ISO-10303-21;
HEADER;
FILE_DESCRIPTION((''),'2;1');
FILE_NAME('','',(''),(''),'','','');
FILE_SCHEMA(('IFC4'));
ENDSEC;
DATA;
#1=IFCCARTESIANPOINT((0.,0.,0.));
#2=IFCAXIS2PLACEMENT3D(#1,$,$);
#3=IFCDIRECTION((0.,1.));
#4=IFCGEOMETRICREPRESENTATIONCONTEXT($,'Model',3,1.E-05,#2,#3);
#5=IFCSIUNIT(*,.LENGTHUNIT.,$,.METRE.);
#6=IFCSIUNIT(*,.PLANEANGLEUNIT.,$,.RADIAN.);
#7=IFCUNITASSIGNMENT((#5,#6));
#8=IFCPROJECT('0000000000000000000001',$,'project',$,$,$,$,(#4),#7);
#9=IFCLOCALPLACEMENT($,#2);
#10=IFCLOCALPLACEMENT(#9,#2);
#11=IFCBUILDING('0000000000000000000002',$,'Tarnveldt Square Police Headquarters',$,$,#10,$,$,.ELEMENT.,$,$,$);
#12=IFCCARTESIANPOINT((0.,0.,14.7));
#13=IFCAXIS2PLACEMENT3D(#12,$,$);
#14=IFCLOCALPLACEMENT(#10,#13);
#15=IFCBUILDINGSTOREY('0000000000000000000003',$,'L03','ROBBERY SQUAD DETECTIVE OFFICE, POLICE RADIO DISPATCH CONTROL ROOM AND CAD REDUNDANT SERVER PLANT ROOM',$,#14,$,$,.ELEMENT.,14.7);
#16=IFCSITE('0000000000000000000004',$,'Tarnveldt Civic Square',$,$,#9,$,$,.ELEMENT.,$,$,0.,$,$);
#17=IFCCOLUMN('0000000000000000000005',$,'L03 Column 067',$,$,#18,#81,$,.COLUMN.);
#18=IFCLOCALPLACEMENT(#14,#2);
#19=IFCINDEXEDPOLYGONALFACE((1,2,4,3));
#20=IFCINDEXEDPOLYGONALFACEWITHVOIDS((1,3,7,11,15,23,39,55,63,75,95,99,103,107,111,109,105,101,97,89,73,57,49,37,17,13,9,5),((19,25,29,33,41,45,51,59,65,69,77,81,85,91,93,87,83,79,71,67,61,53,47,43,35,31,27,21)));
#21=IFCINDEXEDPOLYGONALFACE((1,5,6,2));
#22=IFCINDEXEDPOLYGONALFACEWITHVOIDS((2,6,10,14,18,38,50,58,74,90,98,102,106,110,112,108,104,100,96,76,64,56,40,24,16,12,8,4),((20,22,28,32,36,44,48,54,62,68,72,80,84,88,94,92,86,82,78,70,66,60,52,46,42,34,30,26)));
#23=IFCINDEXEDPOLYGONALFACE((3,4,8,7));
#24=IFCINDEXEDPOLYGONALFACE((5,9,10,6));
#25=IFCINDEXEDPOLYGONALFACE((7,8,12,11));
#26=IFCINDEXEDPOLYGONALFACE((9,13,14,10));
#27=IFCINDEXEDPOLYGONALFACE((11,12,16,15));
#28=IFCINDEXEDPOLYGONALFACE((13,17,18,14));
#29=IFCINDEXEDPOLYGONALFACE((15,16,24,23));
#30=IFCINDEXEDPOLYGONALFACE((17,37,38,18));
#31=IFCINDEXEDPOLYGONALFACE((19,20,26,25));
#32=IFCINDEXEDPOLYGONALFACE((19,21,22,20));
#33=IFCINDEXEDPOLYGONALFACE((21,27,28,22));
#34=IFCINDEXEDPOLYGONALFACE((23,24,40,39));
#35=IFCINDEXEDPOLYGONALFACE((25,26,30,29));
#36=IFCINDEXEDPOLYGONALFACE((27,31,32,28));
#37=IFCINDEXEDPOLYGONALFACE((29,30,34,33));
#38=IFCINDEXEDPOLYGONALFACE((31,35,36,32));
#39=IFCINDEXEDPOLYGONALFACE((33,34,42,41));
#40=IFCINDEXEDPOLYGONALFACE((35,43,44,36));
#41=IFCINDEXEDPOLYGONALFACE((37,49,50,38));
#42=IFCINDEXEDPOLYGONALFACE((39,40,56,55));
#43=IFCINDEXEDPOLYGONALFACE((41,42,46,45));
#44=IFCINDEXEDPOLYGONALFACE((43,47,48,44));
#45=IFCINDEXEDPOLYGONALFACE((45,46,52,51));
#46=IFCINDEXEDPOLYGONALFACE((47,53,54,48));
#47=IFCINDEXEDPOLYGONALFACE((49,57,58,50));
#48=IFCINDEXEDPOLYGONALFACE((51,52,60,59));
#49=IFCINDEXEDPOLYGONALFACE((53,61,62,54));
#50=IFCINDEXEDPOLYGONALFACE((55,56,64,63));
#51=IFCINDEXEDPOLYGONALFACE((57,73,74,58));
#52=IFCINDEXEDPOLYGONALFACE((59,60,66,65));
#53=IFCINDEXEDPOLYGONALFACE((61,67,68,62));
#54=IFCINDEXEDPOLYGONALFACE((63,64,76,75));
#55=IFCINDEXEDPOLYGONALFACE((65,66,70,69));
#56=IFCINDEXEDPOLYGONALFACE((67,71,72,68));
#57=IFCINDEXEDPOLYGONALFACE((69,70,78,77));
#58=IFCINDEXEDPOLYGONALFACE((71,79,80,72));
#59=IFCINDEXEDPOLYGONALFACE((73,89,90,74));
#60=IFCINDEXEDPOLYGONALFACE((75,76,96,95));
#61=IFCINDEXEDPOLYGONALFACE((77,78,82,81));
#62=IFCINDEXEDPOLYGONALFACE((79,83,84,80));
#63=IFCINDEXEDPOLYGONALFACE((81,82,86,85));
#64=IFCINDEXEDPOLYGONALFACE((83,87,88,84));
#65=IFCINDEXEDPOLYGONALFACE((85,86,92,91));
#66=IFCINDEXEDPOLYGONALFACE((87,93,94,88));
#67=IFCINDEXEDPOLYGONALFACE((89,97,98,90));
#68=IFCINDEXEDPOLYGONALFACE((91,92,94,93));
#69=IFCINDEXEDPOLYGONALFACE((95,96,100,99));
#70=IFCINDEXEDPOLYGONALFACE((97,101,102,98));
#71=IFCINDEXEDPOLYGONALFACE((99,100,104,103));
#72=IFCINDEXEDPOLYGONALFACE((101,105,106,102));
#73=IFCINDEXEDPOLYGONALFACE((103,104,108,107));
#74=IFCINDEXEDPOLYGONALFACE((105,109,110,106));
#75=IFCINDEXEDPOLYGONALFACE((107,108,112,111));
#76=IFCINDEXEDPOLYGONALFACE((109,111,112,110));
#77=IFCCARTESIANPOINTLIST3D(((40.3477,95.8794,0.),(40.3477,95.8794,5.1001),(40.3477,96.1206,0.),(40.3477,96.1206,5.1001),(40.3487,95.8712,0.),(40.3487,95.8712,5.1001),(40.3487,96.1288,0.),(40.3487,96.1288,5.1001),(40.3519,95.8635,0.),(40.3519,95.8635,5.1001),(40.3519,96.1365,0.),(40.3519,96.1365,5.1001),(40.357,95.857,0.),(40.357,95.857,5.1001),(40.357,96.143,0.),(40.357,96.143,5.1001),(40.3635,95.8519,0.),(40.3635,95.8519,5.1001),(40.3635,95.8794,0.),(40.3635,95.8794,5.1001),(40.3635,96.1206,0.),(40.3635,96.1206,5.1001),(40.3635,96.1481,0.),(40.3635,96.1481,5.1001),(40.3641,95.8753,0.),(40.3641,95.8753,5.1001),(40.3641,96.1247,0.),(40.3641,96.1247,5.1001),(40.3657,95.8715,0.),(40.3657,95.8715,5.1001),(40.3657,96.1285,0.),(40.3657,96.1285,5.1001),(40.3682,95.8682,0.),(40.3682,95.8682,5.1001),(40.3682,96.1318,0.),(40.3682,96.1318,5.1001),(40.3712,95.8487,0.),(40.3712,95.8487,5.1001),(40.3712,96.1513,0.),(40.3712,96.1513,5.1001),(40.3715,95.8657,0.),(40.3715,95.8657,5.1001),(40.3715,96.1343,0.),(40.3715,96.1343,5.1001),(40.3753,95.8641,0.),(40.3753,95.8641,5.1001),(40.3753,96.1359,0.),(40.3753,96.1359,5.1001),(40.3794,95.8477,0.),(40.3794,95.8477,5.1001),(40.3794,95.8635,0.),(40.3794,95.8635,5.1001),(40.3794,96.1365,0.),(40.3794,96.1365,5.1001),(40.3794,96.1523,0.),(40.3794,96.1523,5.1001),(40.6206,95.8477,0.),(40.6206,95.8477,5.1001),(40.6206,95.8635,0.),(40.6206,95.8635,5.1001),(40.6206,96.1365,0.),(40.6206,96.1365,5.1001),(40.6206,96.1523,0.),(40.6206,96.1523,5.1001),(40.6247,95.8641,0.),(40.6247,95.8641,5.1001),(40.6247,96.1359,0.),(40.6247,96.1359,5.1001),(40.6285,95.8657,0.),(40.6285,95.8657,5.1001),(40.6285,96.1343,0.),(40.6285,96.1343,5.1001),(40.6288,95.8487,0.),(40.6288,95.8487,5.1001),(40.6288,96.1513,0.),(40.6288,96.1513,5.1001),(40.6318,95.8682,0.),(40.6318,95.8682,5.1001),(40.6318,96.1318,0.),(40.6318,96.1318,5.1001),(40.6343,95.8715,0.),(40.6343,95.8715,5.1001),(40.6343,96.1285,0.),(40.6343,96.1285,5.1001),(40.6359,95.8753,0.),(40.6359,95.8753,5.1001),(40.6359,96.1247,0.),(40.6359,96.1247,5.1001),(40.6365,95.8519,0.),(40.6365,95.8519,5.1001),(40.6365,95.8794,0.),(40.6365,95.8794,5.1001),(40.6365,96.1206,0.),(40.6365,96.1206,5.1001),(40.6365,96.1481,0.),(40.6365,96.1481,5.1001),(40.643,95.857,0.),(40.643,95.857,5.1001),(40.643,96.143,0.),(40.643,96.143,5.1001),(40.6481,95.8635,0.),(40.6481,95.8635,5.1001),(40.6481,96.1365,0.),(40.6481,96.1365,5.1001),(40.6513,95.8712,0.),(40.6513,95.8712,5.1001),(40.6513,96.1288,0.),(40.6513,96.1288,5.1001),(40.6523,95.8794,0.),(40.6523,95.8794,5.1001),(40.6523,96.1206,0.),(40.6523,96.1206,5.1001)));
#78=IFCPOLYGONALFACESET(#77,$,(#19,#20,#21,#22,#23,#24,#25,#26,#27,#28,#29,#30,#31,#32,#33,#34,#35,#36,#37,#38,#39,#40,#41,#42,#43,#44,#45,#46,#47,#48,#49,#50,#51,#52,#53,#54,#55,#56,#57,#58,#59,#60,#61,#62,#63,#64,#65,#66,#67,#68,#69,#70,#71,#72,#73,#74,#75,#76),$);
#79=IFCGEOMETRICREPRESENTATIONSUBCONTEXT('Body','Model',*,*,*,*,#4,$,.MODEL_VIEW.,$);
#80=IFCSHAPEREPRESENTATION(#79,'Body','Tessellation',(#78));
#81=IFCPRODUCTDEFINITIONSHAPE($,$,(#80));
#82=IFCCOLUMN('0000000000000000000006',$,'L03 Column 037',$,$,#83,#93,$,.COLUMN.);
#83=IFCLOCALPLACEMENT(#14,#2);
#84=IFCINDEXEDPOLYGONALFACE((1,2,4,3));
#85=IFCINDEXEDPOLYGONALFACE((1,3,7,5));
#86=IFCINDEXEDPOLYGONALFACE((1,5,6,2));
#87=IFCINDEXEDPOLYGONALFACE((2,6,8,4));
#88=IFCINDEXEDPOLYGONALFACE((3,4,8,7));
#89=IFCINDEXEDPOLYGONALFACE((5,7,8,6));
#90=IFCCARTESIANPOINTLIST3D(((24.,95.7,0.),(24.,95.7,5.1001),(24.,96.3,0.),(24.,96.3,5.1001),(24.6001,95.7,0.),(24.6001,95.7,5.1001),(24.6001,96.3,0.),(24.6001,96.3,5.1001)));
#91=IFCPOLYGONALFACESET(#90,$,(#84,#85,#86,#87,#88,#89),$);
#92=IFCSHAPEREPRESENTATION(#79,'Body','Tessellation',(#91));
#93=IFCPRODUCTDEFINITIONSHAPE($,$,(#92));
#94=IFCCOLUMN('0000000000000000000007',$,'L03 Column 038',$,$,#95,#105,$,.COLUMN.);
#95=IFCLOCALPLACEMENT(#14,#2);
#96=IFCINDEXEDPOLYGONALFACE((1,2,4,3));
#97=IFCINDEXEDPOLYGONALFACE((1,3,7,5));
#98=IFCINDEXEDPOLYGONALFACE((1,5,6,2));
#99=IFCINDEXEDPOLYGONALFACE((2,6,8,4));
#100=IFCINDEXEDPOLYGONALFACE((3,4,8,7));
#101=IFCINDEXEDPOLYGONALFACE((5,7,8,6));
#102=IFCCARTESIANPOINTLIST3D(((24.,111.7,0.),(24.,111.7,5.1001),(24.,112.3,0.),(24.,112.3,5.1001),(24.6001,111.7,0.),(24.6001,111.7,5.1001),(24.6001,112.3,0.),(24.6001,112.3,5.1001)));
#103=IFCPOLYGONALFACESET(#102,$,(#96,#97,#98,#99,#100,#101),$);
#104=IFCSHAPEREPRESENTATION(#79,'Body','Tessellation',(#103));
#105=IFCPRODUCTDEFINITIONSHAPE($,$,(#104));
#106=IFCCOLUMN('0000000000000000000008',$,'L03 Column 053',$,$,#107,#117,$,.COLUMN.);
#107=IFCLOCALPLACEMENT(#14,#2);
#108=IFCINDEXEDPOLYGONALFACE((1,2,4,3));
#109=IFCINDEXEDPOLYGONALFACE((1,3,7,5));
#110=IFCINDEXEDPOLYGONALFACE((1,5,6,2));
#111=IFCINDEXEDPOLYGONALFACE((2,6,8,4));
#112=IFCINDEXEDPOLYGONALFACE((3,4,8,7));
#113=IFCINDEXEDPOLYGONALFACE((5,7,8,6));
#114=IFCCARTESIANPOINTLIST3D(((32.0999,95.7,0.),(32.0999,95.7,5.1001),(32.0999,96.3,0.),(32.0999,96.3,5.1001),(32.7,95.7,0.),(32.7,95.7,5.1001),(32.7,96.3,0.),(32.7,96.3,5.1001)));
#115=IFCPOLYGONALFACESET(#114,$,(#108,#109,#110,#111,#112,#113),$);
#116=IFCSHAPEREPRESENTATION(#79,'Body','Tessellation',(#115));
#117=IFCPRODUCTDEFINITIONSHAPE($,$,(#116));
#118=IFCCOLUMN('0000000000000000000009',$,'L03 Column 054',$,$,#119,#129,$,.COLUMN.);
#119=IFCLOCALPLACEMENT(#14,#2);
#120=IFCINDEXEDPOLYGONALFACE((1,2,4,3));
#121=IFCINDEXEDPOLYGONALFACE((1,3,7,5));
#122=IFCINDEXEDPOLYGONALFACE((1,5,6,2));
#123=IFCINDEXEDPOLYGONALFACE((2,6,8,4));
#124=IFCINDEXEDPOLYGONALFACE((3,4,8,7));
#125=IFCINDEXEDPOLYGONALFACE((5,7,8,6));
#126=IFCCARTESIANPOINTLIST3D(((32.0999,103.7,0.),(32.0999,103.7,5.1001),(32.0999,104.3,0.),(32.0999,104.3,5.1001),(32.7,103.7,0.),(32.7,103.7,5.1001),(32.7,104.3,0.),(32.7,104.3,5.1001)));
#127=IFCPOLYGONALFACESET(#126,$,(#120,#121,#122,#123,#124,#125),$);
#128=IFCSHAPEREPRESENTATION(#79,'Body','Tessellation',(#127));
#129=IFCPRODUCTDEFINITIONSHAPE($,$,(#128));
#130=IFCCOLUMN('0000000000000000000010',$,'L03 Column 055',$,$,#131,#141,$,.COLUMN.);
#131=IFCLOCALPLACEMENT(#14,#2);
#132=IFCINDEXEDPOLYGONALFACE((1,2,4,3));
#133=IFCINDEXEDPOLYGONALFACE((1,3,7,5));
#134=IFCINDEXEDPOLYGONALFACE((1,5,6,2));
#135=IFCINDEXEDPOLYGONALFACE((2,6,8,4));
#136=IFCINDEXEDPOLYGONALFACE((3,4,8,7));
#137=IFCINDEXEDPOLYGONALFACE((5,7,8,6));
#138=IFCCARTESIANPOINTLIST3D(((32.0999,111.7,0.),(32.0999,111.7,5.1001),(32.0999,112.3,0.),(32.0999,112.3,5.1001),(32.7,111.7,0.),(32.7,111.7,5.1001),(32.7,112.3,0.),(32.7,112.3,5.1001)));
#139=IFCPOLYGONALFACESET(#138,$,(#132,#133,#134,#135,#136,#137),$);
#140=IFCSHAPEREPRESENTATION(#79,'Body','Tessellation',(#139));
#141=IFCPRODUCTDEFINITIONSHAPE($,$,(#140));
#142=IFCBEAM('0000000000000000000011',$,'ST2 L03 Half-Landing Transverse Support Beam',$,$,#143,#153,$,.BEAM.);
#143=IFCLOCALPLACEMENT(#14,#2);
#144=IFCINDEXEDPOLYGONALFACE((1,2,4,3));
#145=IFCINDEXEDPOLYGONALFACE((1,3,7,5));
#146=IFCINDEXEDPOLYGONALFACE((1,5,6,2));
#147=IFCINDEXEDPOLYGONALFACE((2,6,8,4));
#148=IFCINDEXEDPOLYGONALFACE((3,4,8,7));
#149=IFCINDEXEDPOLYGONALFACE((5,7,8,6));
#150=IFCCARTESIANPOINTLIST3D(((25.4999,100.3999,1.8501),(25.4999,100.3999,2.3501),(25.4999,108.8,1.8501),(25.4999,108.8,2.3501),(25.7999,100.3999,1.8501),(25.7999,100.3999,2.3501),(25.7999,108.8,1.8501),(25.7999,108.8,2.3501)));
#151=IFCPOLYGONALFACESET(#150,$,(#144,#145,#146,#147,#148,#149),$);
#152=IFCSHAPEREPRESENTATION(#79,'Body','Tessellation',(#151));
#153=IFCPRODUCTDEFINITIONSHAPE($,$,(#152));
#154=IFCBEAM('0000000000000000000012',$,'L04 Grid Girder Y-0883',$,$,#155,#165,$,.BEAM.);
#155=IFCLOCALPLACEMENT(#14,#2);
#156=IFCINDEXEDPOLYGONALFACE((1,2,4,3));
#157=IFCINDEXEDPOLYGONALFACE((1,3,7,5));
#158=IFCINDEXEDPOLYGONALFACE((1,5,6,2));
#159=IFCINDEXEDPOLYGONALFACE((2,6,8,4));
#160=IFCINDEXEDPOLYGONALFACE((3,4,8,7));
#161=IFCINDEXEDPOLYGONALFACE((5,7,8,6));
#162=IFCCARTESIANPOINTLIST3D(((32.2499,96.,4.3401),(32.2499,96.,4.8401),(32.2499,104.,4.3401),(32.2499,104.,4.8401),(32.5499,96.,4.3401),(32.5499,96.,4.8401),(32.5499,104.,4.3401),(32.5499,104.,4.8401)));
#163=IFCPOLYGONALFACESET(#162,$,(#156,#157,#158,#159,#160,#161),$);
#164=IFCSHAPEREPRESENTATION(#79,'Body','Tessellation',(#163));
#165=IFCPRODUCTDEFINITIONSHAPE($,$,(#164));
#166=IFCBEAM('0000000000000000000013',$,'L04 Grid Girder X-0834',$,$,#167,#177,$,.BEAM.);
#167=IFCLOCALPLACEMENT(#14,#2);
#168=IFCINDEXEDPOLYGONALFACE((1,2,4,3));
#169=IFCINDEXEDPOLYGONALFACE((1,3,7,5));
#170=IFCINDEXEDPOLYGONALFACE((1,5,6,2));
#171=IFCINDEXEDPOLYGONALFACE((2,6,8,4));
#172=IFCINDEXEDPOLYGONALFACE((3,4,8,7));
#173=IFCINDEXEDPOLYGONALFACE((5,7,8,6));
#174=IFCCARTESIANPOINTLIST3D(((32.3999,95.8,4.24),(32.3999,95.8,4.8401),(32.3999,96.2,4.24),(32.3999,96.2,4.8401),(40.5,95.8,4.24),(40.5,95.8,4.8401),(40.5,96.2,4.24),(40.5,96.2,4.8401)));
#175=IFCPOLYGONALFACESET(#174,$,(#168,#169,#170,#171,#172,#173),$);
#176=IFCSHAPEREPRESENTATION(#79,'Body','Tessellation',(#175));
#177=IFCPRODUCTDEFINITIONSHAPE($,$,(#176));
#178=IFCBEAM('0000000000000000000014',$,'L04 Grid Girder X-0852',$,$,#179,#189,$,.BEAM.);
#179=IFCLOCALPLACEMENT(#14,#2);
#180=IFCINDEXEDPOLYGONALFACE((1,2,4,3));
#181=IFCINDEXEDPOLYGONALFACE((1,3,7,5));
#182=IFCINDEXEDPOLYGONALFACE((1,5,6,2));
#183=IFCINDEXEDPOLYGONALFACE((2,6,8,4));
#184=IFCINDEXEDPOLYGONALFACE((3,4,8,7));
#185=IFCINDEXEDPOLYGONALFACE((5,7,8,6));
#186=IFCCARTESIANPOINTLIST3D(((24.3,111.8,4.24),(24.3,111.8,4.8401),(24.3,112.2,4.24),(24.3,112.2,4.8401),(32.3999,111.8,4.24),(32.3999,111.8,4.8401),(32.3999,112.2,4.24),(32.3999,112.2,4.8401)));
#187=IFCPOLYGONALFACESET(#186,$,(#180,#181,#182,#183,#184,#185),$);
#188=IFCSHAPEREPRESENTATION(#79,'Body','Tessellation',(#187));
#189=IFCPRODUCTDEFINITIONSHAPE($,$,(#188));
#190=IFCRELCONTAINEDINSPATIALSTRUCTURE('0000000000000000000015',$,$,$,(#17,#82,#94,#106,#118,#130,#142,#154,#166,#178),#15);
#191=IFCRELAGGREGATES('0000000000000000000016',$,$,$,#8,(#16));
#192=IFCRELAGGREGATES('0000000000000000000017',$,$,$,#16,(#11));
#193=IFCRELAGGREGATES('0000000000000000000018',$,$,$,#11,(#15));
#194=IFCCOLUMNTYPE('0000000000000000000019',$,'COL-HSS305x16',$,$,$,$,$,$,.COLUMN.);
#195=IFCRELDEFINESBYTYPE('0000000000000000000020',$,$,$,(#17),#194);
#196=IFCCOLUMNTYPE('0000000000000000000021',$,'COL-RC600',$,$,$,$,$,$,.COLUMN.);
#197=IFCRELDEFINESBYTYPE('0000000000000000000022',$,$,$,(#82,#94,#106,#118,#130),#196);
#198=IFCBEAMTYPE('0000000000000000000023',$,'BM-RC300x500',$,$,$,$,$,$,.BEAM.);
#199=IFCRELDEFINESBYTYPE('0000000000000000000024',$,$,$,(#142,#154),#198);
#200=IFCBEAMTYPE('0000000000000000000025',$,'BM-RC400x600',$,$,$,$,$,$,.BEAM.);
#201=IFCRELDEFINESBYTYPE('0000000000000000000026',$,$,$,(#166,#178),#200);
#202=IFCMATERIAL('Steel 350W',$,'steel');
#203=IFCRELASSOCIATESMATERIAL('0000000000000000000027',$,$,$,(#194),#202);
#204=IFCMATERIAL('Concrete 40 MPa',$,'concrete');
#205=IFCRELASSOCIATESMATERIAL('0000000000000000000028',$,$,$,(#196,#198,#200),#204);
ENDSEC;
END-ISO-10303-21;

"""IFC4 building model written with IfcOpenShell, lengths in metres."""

from ifc_helpers import new_model, si_unit, direction, frame, origin, origin_2d, place, context, subcontext, project, spatial, rectangle, hollow_rectangle, extrude, material, material_profile, profile_set, type_object, element, save


model = new_model("IFC4")

# Units and contexts
model_context = context("Model", 3, precision=1e-05, world=origin(), true_north=direction((0.0, 1.0)))
body_context = subcontext(model_context, "Body", "Model", "MODEL_VIEW")
ifc_project = project(units=[si_unit("LENGTHUNIT", "METRE"), si_unit("PLANEANGLEUNIT", "RADIAN")], contexts=[model_context])

# Site, building, storey
site_placement = place(None, origin())
site = spatial("IfcSite", under=ifc_project, at=site_placement, Name="Tarnveldt Civic Square", CompositionType="ELEMENT", RefElevation=0.0)
building_placement = place(site_placement, origin())
building = spatial("IfcBuilding", under=site, at=building_placement, Name="Tarnveldt Square Police Headquarters", CompositionType="ELEMENT")
storey_placement = place(building_placement, frame((0.0, 0.0, 14.7)))
storey = spatial("IfcBuildingStorey", under=building, at=storey_placement, Name="L03", Description="ROBBERY SQUAD DETECTIVE OFFICE, POLICE RADIO DISPATCH CONTROL ROOM AND CAD REDUNDANT SERVER PLANT ROOM", CompositionType="ELEMENT", Elevation=14.7)

# Columns
ifc_material_1 = material(Name="Steel 350W", Category="steel")
ifc_material_profile_1 = material_profile(ifc_material_1, hollow_rectangle(XDim=0.3047, YDim=0.3047, WallThickness=0.0159, InnerFilletRadius=0.0159, OuterFilletRadius=0.0317, at=origin_2d()), Name="HSS305x305x16")
ifc_profile_set_1 = profile_set([ifc_material_profile_1], Name="Steel 350W")
column_type_1 = type_object("IfcColumnType", Name="COL-HSS305x16", PredefinedType="COLUMN", material=ifc_profile_set_1)
column_placement = place(storey_placement, frame((40.5, 96.0, 0.0), z_axis=(0.0, 0.0, 1.0), x_axis=(1.0, 0.0, 0.0)))
element("IfcColumn", 1, at=column_placement, inside=storey, type_object=column_type_1, Name="L03 Column 067", PredefinedType="COLUMN", context=body_context, shape_type="SweptSolid", body=[
    extrude(hollow_rectangle(XDim=0.3047, YDim=0.3047, WallThickness=0.0159, InnerFilletRadius=0.0159, OuterFilletRadius=0.0317, at=origin_2d()), origin(), (0.0, 0.0, 1.0), 5.1001),
])
ifc_material_2 = material(Name="Concrete 40 MPa", Category="concrete")
ifc_material_profile_2 = material_profile(ifc_material_2, rectangle(XDim=0.6001, YDim=0.6001, at=origin_2d()), Name="RC-C600x600")
ifc_profile_set_2 = profile_set([ifc_material_profile_2], Name="Concrete 40 MPa")
column_type_2 = type_object("IfcColumnType", Name="COL-RC600", PredefinedType="COLUMN", material=ifc_profile_set_2)
for number, where, z_axis, x_axis, name in (
    (2, (24.3, 96.0, 0.0), (0.0, 0.0, 1.0), (1.0, 0.0, 0.0), "L03 Column 037"),
    (3, (24.3, 112.0, 0.0), (0.0, 0.0, 1.0), (1.0, 0.0, 0.0), "L03 Column 038"),
    (4, (32.3999, 96.0, 0.0), (0.0, 0.0, 1.0), (1.0, 0.0, 0.0), "L03 Column 053"),
    (5, (32.3999, 104.0, 0.0), (0.0, 0.0, 1.0), (1.0, 0.0, 0.0), "L03 Column 054"),
    (6, (32.3999, 112.0, 0.0), (0.0, 0.0, 1.0), (1.0, 0.0, 0.0), "L03 Column 055"),
):
    element("IfcColumn", number, at=place(storey_placement, frame(where, z_axis=z_axis, x_axis=x_axis)), inside=storey, type_object=column_type_2, Name=name, PredefinedType="COLUMN", context=body_context, shape_type="SweptSolid", body=[
        extrude(rectangle(XDim=0.6001, YDim=0.6001, at=origin_2d()), origin(), (0.0, 0.0, 1.0), 5.1001),
    ])

# Beams
ifc_material_profile_3 = material_profile(ifc_material_2, rectangle(XDim=0.3, YDim=0.5, at=origin_2d()), Name="RC-B300x500")
ifc_profile_set_3 = profile_set([ifc_material_profile_3], Name="Concrete 40 MPa")
beam_type_1 = type_object("IfcBeamType", Name="BM-RC300x500", PredefinedType="BEAM", material=ifc_profile_set_3)
beam_1_placement = place(storey_placement, frame((25.6499, 100.3999, 2.1001), z_axis=(0.0, 1.0, 0.0), x_axis=(-1.0, 0.0, 0.0)))
element("IfcBeam", 7, at=beam_1_placement, inside=storey, type_object=beam_type_1, Name="ST2 L03 Half-Landing Transverse Support Beam", PredefinedType="BEAM", context=body_context, shape_type="SweptSolid", body=[
    extrude(rectangle(XDim=0.3, YDim=0.5, at=origin_2d()), origin(), (0.0, 0.0, 1.0), 8.4001),
])
beam_2_placement = place(storey_placement, frame((32.3999, 96.0, 4.5901), z_axis=(0.0, 1.0, 0.0), x_axis=(-1.0, 0.0, 0.0)))
element("IfcBeam", 8, at=beam_2_placement, inside=storey, type_object=beam_type_1, Name="L04 Grid Girder Y-0883", PredefinedType="BEAM", context=body_context, shape_type="SweptSolid", body=[
    extrude(rectangle(XDim=0.3, YDim=0.5, at=origin_2d()), origin(), (0.0, 0.0, 1.0), 8.0),
])
ifc_material_profile_4 = material_profile(ifc_material_2, rectangle(XDim=0.3999, YDim=0.6001, at=origin_2d()), Name="RC-B400x600")
ifc_profile_set_4 = profile_set([ifc_material_profile_4], Name="Concrete 40 MPa")
beam_type_2 = type_object("IfcBeamType", Name="BM-RC400x600", PredefinedType="BEAM", material=ifc_profile_set_4)
beam_3_placement = place(storey_placement, frame((32.3999, 96.0, 4.54), z_axis=(1.0, 0.0, 0.0), x_axis=(0.0, 1.0, 0.0)))
element("IfcBeam", 9, at=beam_3_placement, inside=storey, type_object=beam_type_2, Name="L04 Grid Girder X-0834", PredefinedType="BEAM", context=body_context, shape_type="SweptSolid", body=[
    extrude(rectangle(XDim=0.3999, YDim=0.6001, at=origin_2d()), origin(), (0.0, 0.0, 1.0), 8.1001),
])
beam_4_placement = place(storey_placement, frame((24.3, 112.0, 4.54), z_axis=(1.0, 0.0, 0.0), x_axis=(0.0, 1.0, 0.0)))
element("IfcBeam", 10, at=beam_4_placement, inside=storey, type_object=beam_type_2, Name="L04 Grid Girder X-0852", PredefinedType="BEAM", context=body_context, shape_type="SweptSolid", body=[
    extrude(rectangle(XDim=0.3999, YDim=0.6001, at=origin_2d()), origin(), (0.0, 0.0, 1.0), 8.0999),
])

save(model, "model.ifc")
